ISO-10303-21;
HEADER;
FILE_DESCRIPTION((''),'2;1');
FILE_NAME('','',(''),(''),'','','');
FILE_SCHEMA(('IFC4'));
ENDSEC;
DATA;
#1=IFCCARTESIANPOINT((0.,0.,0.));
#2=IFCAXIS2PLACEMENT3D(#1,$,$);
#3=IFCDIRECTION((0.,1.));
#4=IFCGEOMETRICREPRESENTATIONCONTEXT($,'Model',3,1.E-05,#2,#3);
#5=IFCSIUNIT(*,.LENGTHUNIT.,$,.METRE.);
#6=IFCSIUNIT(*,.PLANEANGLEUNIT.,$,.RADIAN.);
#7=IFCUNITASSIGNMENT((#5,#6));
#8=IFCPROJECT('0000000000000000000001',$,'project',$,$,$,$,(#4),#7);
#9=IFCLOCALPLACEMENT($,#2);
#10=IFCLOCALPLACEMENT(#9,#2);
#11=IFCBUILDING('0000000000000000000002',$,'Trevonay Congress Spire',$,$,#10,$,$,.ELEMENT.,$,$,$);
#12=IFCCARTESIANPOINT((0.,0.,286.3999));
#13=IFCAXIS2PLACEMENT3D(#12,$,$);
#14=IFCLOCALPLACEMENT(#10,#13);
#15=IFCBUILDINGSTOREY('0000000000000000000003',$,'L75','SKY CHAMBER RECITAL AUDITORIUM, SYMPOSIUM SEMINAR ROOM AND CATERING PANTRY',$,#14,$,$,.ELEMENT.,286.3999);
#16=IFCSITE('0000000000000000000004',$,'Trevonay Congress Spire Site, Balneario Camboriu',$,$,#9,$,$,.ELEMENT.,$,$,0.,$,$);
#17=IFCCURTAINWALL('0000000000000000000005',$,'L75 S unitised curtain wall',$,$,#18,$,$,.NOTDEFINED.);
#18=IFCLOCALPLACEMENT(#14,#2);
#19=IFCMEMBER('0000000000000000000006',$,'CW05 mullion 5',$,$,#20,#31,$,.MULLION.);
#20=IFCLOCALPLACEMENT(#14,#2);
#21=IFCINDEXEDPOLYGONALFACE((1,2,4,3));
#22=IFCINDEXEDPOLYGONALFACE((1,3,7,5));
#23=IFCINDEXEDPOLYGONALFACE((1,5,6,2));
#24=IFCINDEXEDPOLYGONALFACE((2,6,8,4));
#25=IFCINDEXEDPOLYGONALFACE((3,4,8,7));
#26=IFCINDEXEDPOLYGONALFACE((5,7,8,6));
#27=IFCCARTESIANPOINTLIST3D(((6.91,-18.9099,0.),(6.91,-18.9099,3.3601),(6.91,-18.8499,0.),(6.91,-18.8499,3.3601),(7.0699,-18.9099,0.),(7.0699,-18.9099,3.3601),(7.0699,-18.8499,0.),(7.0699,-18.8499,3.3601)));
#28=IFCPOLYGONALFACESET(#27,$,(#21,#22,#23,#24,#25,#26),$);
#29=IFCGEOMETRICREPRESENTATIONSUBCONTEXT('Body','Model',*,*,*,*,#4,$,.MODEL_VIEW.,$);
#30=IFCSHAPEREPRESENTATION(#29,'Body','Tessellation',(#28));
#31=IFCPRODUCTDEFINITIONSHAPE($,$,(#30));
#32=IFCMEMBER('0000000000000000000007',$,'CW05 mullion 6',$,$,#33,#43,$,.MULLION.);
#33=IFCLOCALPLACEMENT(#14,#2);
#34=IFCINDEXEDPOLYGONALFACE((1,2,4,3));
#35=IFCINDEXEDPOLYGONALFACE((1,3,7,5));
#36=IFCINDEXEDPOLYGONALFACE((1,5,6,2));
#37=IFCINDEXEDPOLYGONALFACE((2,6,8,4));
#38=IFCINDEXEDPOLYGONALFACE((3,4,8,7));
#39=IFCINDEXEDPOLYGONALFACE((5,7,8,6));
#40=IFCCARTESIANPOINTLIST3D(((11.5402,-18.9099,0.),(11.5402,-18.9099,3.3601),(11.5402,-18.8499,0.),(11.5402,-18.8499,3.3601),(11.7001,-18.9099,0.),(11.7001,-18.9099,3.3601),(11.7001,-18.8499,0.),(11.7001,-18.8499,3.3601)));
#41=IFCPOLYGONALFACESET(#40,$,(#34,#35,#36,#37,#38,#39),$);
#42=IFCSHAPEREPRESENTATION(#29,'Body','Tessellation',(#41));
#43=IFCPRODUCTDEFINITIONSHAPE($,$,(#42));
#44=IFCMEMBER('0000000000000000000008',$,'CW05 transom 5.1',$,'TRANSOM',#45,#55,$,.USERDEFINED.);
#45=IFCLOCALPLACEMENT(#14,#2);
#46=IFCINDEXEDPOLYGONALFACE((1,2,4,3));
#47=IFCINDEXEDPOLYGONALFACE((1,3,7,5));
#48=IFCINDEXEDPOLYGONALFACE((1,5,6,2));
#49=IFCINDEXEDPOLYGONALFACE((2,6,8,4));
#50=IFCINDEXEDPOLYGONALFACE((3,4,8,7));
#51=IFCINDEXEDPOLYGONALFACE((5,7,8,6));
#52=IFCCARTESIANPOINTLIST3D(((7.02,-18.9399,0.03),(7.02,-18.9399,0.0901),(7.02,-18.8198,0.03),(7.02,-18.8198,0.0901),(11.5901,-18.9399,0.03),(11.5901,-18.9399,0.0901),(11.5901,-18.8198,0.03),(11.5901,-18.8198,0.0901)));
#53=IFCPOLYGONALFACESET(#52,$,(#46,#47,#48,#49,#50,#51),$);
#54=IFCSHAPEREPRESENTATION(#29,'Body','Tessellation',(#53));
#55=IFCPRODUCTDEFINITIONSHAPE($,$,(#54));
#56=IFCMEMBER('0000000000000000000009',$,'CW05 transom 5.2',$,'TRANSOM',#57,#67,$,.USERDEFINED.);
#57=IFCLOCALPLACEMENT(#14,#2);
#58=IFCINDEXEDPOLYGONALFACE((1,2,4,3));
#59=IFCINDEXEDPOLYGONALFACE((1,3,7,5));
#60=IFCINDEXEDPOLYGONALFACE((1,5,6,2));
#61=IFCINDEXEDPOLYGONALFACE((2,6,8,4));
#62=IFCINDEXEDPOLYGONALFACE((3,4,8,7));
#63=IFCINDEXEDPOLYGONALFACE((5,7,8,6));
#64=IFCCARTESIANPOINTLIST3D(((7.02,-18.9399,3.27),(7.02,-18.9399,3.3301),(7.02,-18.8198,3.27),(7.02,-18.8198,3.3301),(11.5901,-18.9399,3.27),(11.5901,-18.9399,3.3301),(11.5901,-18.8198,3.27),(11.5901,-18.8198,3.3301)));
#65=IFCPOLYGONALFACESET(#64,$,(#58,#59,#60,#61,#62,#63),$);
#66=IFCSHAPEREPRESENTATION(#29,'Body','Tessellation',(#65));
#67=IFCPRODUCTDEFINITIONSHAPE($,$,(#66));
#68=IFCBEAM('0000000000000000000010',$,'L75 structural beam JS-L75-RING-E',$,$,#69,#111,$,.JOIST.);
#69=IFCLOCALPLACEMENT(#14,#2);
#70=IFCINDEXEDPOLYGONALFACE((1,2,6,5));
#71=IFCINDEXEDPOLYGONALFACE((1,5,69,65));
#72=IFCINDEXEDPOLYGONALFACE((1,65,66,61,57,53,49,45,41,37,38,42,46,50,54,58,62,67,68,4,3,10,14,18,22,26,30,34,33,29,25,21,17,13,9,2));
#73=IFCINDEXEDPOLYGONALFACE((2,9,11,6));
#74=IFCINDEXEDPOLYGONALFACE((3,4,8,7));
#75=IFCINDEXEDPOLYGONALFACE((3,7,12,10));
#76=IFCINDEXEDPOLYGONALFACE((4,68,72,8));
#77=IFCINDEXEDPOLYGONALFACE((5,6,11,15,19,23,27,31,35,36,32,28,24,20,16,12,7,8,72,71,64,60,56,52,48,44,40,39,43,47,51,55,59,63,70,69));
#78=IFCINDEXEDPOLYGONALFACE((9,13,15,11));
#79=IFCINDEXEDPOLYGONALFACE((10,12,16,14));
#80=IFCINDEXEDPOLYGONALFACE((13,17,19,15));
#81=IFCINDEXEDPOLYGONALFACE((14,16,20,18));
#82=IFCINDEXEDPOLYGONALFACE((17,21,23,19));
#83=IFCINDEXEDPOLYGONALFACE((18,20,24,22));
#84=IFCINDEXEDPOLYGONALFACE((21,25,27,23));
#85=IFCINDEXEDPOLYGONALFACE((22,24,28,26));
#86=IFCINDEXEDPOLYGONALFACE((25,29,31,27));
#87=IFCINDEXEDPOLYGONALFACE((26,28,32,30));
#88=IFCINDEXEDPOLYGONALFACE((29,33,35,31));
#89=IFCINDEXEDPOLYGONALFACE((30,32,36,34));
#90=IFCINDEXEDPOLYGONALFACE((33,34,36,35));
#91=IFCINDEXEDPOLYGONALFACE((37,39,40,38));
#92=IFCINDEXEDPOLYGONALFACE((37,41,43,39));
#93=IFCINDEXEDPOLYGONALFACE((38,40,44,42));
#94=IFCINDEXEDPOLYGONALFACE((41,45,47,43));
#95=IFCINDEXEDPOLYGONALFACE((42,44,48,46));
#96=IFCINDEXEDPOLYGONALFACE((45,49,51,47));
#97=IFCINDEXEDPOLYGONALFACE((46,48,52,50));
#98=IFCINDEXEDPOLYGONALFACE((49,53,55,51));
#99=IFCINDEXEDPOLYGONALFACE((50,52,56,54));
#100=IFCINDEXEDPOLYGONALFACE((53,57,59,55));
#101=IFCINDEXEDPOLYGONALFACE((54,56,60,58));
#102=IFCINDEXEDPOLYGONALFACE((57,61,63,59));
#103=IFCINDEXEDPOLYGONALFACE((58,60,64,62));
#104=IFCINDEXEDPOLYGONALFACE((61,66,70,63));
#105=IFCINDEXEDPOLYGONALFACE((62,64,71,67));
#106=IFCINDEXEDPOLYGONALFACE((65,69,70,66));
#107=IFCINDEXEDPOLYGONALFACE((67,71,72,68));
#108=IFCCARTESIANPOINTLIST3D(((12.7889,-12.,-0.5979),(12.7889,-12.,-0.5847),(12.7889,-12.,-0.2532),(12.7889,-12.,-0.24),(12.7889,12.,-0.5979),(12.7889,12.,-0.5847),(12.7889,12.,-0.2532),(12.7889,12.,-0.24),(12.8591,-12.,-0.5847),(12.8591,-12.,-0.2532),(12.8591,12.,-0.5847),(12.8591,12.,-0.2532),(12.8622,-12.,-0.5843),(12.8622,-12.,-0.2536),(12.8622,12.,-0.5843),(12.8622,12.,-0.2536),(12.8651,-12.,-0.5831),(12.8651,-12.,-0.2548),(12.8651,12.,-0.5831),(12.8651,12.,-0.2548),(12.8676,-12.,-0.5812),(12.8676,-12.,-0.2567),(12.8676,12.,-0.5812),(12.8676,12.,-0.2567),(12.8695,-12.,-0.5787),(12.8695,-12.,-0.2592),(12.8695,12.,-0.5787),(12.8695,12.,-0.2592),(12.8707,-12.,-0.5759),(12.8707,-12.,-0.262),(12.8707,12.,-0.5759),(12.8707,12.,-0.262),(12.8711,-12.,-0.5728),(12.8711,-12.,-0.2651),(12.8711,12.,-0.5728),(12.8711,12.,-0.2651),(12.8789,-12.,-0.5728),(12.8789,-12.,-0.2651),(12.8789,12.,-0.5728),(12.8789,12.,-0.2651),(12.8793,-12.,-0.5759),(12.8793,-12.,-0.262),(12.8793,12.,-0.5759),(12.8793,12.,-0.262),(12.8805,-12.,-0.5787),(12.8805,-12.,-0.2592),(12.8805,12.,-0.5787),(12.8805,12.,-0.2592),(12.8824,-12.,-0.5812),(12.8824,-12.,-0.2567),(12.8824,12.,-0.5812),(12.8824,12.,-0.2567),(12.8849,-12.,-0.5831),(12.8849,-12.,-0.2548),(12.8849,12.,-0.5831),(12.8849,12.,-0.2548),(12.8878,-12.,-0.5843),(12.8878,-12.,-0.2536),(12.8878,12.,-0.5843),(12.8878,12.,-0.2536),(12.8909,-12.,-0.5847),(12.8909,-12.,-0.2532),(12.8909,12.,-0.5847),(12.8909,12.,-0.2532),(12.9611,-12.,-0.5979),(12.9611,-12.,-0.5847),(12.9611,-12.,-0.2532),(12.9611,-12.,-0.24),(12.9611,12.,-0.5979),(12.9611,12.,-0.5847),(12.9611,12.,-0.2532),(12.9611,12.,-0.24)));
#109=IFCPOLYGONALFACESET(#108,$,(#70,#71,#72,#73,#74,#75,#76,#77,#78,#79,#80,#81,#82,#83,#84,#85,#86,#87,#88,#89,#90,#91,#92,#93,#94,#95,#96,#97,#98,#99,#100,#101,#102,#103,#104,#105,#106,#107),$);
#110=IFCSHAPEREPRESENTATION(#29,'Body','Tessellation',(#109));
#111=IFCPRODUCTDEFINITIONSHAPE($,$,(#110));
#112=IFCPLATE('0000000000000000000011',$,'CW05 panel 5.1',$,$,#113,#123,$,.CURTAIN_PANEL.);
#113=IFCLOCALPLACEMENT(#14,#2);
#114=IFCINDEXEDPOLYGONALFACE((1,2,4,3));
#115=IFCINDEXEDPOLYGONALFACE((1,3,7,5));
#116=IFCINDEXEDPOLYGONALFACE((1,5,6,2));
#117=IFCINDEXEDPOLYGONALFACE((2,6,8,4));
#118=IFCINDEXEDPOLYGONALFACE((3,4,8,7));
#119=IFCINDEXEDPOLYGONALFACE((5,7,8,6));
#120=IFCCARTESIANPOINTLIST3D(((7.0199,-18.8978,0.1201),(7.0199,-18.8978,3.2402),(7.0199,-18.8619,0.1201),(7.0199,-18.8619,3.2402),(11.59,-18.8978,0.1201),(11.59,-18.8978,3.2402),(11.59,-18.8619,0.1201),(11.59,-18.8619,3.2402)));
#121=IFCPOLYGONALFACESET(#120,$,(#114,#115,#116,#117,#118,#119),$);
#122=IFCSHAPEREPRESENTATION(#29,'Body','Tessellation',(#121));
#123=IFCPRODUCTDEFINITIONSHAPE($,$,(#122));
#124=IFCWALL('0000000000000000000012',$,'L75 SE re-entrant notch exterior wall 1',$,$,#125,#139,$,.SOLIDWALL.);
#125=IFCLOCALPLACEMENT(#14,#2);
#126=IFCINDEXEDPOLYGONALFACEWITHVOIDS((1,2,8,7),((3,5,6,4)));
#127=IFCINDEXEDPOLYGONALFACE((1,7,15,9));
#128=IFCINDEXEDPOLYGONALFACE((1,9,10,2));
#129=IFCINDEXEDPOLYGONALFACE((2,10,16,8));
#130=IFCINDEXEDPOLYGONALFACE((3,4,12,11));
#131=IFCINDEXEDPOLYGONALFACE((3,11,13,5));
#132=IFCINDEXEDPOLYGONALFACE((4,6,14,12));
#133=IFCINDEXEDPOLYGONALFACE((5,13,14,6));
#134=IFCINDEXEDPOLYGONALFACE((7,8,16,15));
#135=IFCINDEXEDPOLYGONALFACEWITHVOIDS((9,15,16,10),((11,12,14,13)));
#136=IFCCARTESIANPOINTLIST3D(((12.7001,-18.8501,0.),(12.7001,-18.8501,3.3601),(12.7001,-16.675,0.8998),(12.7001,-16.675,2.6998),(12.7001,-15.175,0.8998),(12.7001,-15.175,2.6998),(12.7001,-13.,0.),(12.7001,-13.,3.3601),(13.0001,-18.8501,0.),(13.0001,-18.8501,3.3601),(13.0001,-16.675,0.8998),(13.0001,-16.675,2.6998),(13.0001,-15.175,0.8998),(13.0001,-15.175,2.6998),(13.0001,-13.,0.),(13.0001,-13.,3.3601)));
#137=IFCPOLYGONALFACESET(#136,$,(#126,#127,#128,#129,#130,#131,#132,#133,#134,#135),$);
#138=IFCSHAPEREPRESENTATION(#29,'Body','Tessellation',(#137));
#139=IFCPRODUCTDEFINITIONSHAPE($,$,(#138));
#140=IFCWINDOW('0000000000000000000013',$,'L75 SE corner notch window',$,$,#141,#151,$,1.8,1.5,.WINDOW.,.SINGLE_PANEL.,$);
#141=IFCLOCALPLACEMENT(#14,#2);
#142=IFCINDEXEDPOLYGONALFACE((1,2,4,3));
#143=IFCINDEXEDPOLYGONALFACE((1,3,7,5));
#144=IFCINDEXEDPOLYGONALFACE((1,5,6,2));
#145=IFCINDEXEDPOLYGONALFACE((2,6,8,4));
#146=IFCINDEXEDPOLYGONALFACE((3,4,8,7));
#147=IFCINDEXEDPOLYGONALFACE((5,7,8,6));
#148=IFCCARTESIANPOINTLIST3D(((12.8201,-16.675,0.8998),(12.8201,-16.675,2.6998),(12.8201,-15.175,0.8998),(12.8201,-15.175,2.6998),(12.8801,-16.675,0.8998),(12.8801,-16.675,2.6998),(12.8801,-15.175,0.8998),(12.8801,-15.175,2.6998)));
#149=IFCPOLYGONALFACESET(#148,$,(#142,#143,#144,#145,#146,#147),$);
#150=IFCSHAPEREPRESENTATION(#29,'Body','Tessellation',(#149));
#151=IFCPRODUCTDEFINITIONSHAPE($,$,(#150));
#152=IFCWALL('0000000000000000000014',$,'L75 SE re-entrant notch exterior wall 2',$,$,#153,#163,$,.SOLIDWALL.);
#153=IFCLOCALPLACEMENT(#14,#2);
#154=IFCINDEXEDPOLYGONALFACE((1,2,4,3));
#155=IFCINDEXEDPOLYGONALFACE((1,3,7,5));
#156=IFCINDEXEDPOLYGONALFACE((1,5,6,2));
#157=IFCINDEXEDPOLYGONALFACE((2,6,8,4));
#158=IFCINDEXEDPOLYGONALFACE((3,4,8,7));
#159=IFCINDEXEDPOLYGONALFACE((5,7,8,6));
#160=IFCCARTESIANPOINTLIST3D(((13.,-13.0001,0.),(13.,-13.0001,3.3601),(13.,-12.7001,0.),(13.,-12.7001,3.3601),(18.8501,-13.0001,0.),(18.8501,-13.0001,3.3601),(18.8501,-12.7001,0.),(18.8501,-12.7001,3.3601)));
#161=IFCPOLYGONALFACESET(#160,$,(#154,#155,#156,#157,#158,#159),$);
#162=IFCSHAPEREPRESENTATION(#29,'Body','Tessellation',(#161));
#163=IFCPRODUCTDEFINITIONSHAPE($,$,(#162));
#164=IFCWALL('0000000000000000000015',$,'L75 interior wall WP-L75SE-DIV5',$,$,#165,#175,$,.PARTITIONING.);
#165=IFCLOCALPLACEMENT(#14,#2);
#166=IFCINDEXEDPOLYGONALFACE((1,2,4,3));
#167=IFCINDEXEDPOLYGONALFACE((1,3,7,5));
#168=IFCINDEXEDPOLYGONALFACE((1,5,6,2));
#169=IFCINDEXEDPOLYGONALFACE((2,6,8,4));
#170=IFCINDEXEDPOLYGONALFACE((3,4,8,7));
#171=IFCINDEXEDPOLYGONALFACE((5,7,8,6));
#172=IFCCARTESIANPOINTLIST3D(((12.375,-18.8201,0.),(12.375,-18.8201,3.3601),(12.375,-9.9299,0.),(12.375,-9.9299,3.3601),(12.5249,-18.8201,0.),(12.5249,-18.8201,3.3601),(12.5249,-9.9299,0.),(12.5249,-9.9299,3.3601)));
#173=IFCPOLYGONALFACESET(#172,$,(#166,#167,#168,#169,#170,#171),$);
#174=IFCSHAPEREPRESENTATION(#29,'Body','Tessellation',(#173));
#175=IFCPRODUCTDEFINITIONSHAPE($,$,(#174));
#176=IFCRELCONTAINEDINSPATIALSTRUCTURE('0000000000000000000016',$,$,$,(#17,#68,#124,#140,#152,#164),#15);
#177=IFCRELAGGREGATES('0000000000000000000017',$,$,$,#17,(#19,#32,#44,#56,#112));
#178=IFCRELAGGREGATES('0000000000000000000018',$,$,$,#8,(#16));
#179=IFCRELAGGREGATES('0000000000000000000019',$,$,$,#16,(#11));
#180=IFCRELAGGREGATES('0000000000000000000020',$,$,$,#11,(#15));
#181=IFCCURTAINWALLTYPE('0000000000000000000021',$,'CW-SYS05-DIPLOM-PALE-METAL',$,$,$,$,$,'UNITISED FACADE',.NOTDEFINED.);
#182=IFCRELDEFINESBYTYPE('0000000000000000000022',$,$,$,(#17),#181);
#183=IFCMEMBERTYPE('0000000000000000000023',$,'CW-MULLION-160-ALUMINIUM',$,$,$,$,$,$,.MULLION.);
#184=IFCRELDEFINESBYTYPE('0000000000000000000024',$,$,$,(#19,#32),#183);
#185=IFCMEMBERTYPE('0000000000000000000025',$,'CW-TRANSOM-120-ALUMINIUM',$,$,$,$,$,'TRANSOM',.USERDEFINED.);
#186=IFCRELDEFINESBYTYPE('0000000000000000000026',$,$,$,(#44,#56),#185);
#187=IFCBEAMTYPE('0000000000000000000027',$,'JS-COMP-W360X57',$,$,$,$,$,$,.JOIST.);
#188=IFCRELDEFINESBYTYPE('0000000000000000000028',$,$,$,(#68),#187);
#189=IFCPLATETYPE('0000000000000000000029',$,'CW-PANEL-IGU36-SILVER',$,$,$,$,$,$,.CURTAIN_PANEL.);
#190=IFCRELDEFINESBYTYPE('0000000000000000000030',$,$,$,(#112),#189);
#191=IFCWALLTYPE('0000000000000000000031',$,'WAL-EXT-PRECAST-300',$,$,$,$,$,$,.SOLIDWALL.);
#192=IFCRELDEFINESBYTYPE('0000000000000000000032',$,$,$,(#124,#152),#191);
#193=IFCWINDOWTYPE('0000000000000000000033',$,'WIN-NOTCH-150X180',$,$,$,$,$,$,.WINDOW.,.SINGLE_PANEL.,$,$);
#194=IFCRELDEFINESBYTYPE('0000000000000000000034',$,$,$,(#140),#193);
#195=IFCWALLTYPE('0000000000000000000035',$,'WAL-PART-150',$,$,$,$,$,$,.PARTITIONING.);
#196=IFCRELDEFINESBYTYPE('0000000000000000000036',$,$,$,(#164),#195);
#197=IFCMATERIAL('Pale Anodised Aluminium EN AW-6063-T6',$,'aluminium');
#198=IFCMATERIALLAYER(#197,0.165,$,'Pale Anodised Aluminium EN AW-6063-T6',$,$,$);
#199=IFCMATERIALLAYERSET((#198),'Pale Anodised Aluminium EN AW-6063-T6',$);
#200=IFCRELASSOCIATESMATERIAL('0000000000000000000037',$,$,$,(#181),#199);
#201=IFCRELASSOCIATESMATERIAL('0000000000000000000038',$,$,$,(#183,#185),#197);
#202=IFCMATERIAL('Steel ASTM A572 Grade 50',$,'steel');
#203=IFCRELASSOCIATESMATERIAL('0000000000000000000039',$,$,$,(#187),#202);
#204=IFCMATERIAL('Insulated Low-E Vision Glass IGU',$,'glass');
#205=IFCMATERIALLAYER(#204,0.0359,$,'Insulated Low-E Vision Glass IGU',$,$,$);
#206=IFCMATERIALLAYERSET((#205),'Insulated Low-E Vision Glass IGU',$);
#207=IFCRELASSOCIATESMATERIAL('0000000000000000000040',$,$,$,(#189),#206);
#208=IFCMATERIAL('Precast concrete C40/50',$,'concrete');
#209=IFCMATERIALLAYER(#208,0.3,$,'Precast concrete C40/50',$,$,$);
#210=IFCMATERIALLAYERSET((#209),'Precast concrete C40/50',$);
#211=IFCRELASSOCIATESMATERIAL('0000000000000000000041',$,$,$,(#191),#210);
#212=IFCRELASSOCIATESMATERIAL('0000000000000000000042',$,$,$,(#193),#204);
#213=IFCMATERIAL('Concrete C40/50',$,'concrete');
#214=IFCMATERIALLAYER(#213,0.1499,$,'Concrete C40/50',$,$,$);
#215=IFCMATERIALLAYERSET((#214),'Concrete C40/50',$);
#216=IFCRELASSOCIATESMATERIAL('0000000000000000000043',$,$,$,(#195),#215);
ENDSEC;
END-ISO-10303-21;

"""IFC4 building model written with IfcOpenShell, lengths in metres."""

from ifc_helpers import new_model, si_unit, direction, frame, frame_2d, origin, origin_2d, place, context, subcontext, project, spatial, rectangle, i_section, extrude, material, layer, layer_set, material_profile, profile_set, type_object, element, fill, aggregate, save


model = new_model("IFC4")

# Units and contexts
model_context = context("Model", 3, precision=1e-05, world=origin(), true_north=direction((0.0, 1.0)))
body_context = subcontext(model_context, "Body", "Model", "MODEL_VIEW")
ifc_project = project(units=[si_unit("LENGTHUNIT", "METRE"), si_unit("PLANEANGLEUNIT", "RADIAN")], contexts=[model_context])

# Site, building, storey
site_placement = place(None, origin())
site = spatial("IfcSite", under=ifc_project, at=site_placement, Name="Trevonay Congress Spire Site, Balneario Camboriu", CompositionType="ELEMENT", RefElevation=0.0)
building_placement = place(site_placement, origin())
building = spatial("IfcBuilding", under=site, at=building_placement, Name="Trevonay Congress Spire", CompositionType="ELEMENT")
storey_placement = place(building_placement, frame((0.0, 0.0, 286.3999)))
storey = spatial("IfcBuildingStorey", under=building, at=storey_placement, Name="L75", Description="SKY CHAMBER RECITAL AUDITORIUM, SYMPOSIUM SEMINAR ROOM AND CATERING PANTRY", CompositionType="ELEMENT", Elevation=286.3999)

# Shared definitions
ifc_material_1 = material(Name="Steel ASTM A572 Grade 50", Category="steel")

# Curtain wall, members
ifc_material_2 = material(Name="Pale Anodised Aluminium EN AW-6063-T6", Category="aluminium")
ifc_layer_1 = layer(ifc_material_2, 0.165, Name="Pale Anodised Aluminium EN AW-6063-T6")
ifc_layer_set_1 = layer_set([ifc_layer_1], Name="Pale Anodised Aluminium EN AW-6063-T6")
curtain_wall_type = type_object("IfcCurtainWallType", Name="CW-SYS05-DIPLOM-PALE-METAL", ElementType="UNITISED FACADE", PredefinedType="NOTDEFINED", material=ifc_layer_set_1)
curtain_wall_placement = place(storey_placement, origin())
curtain_wall = element("IfcCurtainWall", 1, at=curtain_wall_placement, inside=storey, type_object=curtain_wall_type, Name="L75 S unitised curtain wall", PredefinedType="NOTDEFINED")
ifc_material_profile_1 = material_profile(ifc_material_2, rectangle(XDim=0.0601, YDim=0.1599, at=origin_2d()), Name="CW-MULLION-160-ALUMINIUM")
ifc_profile_set_1 = profile_set([ifc_material_profile_1], Name="Pale Anodised Aluminium EN AW-6063-T6")
member_type_1 = type_object("IfcMemberType", Name="CW-MULLION-160-ALUMINIUM", PredefinedType="MULLION", material=ifc_profile_set_1)
member_1_placement = place(storey_placement, frame((6.99, -18.8799, 0.0), z_axis=(0.0, 0.0, 1.0), x_axis=(0.0, 1.0, 0.0)))
member_1 = element("IfcMember", 2, at=member_1_placement, type_object=member_type_1, Name="CW05 mullion 5", PredefinedType="MULLION", context=body_context, shape_type="SweptSolid", body=[
    extrude(rectangle(XDim=0.0601, YDim=0.1599, at=origin_2d()), origin(), (0.0, 0.0, 1.0), 3.3601),
])
member_2_placement = place(storey_placement, frame((11.6201, -18.8799, 0.0), z_axis=(0.0, 0.0, 1.0), x_axis=(0.0, 1.0, 0.0)))
member_2 = element("IfcMember", 3, at=member_2_placement, type_object=member_type_1, Name="CW05 mullion 6", PredefinedType="MULLION", context=body_context, shape_type="SweptSolid", body=[
    extrude(rectangle(XDim=0.0601, YDim=0.1599, at=origin_2d()), origin(), (0.0, 0.0, 1.0), 3.3601),
])
ifc_material_profile_2 = material_profile(ifc_material_2, rectangle(XDim=0.1201, YDim=0.0601, at=origin_2d()), Name="CW-TRANSOM-120-ALUMINIUM")
ifc_profile_set_2 = profile_set([ifc_material_profile_2], Name="Pale Anodised Aluminium EN AW-6063-T6")
member_type_2 = type_object("IfcMemberType", Name="CW-TRANSOM-120-ALUMINIUM", ElementType="TRANSOM", PredefinedType="USERDEFINED", material=ifc_profile_set_2)
member_3_placement = place(storey_placement, frame((7.02, -18.8799, 0.0601), z_axis=(1.0, 0.0, 0.0), x_axis=(0.0, 1.0, 0.0)))
member_3 = element("IfcMember", 4, at=member_3_placement, type_object=member_type_2, Name="CW05 transom 5.1", ObjectType="TRANSOM", PredefinedType="USERDEFINED", context=body_context, shape_type="SweptSolid", body=[
    extrude(rectangle(XDim=0.1201, YDim=0.0601, at=origin_2d()), origin(), (0.0, 0.0, 1.0), 4.5701),
])
member_4_placement = place(storey_placement, frame((7.02, -18.8799, 3.3), z_axis=(1.0, 0.0, 0.0), x_axis=(0.0, 1.0, 0.0)))
member_4 = element("IfcMember", 5, at=member_4_placement, type_object=member_type_2, Name="CW05 transom 5.2", ObjectType="TRANSOM", PredefinedType="USERDEFINED", context=body_context, shape_type="SweptSolid", body=[
    extrude(rectangle(XDim=0.1201, YDim=0.0601, at=origin_2d()), origin(), (0.0, 0.0, 1.0), 4.5701),
])

# Beam
ifc_material_profile_3 = material_profile(ifc_material_1, i_section(OverallWidth=0.1721, OverallDepth=0.3579, WebThickness=0.0078, FlangeThickness=0.0132, FilletRadius=0.012, at=origin_2d()), Name="W360x57.8")
ifc_profile_set_3 = profile_set([ifc_material_profile_3], Name="Steel ASTM A572 Grade 50")
beam_type_1 = type_object("IfcBeamType", Name="JS-COMP-W360X57", PredefinedType="JOIST", material=ifc_profile_set_3)
beam_1_placement = place(storey_placement, frame((12.875, -12.0, -0.4189), z_axis=(0.0, 1.0, 0.0), x_axis=(-1.0, 0.0, 0.0)))
element("IfcBeam", 6, at=beam_1_placement, inside=storey, type_object=beam_type_1, Name="L75 structural beam JS-L75-RING-E", PredefinedType="JOIST", context=body_context, shape_type="SweptSolid", body=[
    extrude(i_section(OverallWidth=0.1721, OverallDepth=0.3579, WebThickness=0.0078, FlangeThickness=0.0132, FilletRadius=0.012, at=origin_2d()), origin(), (0.0, 0.0, 1.0), 24.0),
])

# Plate
ifc_material_3 = material(Name="Insulated Low-E Vision Glass IGU", Category="glass")
ifc_layer_2 = layer(ifc_material_3, 0.0359, Name="Insulated Low-E Vision Glass IGU")
ifc_layer_set_2 = layer_set([ifc_layer_2], Name="Insulated Low-E Vision Glass IGU")
plate_type = type_object("IfcPlateType", Name="CW-PANEL-IGU36-SILVER", PredefinedType="CURTAIN_PANEL", material=ifc_layer_set_2)
plate_placement = place(storey_placement, frame((9.3049, -18.8799, 0.1201), z_axis=(0.0, 0.0, 1.0), x_axis=(1.0, 0.0, 0.0)))
plate = element("IfcPlate", 7, at=plate_placement, type_object=plate_type, Name="CW05 panel 5.1", PredefinedType="CURTAIN_PANEL", context=body_context, shape_type="SweptSolid", body=[
    extrude(rectangle(XDim=4.5701, YDim=0.0359, at=origin_2d()), origin(), (0.0, 0.0, 1.0), 3.1201),
])
aggregate(curtain_wall, [member_1, member_2, member_3, member_4, plate])

# Wall, opening, window
ifc_material_4 = material(Name="Precast concrete C40/50", Category="concrete")
ifc_layer_3 = layer(ifc_material_4, 0.3, Name="Precast concrete C40/50")
ifc_layer_set_3 = layer_set([ifc_layer_3], Name="Precast concrete C40/50")
wall_type_1 = type_object("IfcWallType", Name="WAL-EXT-PRECAST-300", PredefinedType="SOLIDWALL", material=ifc_layer_set_3)
wall_1_placement = place(storey_placement, frame((12.8501, -18.8501, 0.0), z_axis=(0.0, 0.0, 1.0), x_axis=(0.0, 1.0, 0.0)))
wall_1 = element("IfcWall", 8, at=wall_1_placement, inside=storey, type_object=wall_type_1, Name="L75 SE re-entrant notch exterior wall 1", PredefinedType="SOLIDWALL", context=body_context, shape_type="SweptSolid", body=[
    extrude(rectangle(XDim=5.8501, YDim=0.3, at=frame_2d((2.925, 0.0))), origin(), (0.0, 0.0, 1.0), 3.3601),
])
opening_placement = place(wall_1_placement, frame((2.175, 0.0, 0.8999)))
opening = element("IfcOpeningElement", 9, at=opening_placement, cuts=wall_1, PredefinedType="OPENING", context=body_context, shape_type="SweptSolid", body=[
    extrude(rectangle(XDim=1.5, YDim=1.8, at=frame_2d((0.75, 0.8999))), frame((0.0, 0.1602, 0.0), z_axis=(0.0, -1.0, 0.0), x_axis=(1.0, 0.0, 0.0)), (0.0, 0.0, 1.0), 0.3201),
])
window_type = type_object("IfcWindowType", Name="WIN-NOTCH-150X180", PartitioningType="SINGLE_PANEL", PredefinedType="WINDOW", material=ifc_material_3)
window_placement = place(opening_placement, origin())
window = element("IfcWindow", 10, at=window_placement, inside=storey, type_object=window_type, Name="L75 SE corner notch window", OverallHeight=1.8, OverallWidth=1.5, PartitioningType="SINGLE_PANEL", PredefinedType="WINDOW", context=body_context, shape_type="SweptSolid", body=[
    extrude(rectangle(XDim=1.5, YDim=1.8, at=frame_2d((0.75, 0.8999))), frame((0.0, 0.03, 0.0), z_axis=(0.0, -1.0, 0.0), x_axis=(1.0, 0.0, 0.0)), (0.0, 0.0, 1.0), 0.0601),
])
fill(opening, window)

# Walls
wall_2_placement = place(storey_placement, frame((18.8501, -12.8501, 0.0), z_axis=(0.0, 0.0, 1.0), x_axis=(-1.0, 0.0, 0.0)))
element("IfcWall", 11, at=wall_2_placement, inside=storey, type_object=wall_type_1, Name="L75 SE re-entrant notch exterior wall 2", PredefinedType="SOLIDWALL", context=body_context, shape_type="SweptSolid", body=[
    extrude(rectangle(XDim=5.8501, YDim=0.3, at=frame_2d((2.925, 0.0))), origin(), (0.0, 0.0, 1.0), 3.3601),
])
ifc_material_5 = material(Name="Concrete C40/50", Category="concrete")
ifc_layer_4 = layer(ifc_material_5, 0.1499, Name="Concrete C40/50")
ifc_layer_set_4 = layer_set([ifc_layer_4], Name="Concrete C40/50")
wall_type_2 = type_object("IfcWallType", Name="WAL-PART-150", PredefinedType="PARTITIONING", material=ifc_layer_set_4)
wall_3_placement = place(storey_placement, frame((12.45, -18.8201, 0.0), z_axis=(0.0, 0.0, 1.0), x_axis=(0.0, 1.0, 0.0)))
element("IfcWall", 12, at=wall_3_placement, inside=storey, type_object=wall_type_2, Name="L75 interior wall WP-L75SE-DIV5", PredefinedType="PARTITIONING", context=body_context, shape_type="SweptSolid", body=[
    extrude(rectangle(XDim=8.8901, YDim=0.1499, at=frame_2d((4.4451, 0.0))), origin(), (0.0, 0.0, 1.0), 3.3601),
])

save(model, "model.ifc")
